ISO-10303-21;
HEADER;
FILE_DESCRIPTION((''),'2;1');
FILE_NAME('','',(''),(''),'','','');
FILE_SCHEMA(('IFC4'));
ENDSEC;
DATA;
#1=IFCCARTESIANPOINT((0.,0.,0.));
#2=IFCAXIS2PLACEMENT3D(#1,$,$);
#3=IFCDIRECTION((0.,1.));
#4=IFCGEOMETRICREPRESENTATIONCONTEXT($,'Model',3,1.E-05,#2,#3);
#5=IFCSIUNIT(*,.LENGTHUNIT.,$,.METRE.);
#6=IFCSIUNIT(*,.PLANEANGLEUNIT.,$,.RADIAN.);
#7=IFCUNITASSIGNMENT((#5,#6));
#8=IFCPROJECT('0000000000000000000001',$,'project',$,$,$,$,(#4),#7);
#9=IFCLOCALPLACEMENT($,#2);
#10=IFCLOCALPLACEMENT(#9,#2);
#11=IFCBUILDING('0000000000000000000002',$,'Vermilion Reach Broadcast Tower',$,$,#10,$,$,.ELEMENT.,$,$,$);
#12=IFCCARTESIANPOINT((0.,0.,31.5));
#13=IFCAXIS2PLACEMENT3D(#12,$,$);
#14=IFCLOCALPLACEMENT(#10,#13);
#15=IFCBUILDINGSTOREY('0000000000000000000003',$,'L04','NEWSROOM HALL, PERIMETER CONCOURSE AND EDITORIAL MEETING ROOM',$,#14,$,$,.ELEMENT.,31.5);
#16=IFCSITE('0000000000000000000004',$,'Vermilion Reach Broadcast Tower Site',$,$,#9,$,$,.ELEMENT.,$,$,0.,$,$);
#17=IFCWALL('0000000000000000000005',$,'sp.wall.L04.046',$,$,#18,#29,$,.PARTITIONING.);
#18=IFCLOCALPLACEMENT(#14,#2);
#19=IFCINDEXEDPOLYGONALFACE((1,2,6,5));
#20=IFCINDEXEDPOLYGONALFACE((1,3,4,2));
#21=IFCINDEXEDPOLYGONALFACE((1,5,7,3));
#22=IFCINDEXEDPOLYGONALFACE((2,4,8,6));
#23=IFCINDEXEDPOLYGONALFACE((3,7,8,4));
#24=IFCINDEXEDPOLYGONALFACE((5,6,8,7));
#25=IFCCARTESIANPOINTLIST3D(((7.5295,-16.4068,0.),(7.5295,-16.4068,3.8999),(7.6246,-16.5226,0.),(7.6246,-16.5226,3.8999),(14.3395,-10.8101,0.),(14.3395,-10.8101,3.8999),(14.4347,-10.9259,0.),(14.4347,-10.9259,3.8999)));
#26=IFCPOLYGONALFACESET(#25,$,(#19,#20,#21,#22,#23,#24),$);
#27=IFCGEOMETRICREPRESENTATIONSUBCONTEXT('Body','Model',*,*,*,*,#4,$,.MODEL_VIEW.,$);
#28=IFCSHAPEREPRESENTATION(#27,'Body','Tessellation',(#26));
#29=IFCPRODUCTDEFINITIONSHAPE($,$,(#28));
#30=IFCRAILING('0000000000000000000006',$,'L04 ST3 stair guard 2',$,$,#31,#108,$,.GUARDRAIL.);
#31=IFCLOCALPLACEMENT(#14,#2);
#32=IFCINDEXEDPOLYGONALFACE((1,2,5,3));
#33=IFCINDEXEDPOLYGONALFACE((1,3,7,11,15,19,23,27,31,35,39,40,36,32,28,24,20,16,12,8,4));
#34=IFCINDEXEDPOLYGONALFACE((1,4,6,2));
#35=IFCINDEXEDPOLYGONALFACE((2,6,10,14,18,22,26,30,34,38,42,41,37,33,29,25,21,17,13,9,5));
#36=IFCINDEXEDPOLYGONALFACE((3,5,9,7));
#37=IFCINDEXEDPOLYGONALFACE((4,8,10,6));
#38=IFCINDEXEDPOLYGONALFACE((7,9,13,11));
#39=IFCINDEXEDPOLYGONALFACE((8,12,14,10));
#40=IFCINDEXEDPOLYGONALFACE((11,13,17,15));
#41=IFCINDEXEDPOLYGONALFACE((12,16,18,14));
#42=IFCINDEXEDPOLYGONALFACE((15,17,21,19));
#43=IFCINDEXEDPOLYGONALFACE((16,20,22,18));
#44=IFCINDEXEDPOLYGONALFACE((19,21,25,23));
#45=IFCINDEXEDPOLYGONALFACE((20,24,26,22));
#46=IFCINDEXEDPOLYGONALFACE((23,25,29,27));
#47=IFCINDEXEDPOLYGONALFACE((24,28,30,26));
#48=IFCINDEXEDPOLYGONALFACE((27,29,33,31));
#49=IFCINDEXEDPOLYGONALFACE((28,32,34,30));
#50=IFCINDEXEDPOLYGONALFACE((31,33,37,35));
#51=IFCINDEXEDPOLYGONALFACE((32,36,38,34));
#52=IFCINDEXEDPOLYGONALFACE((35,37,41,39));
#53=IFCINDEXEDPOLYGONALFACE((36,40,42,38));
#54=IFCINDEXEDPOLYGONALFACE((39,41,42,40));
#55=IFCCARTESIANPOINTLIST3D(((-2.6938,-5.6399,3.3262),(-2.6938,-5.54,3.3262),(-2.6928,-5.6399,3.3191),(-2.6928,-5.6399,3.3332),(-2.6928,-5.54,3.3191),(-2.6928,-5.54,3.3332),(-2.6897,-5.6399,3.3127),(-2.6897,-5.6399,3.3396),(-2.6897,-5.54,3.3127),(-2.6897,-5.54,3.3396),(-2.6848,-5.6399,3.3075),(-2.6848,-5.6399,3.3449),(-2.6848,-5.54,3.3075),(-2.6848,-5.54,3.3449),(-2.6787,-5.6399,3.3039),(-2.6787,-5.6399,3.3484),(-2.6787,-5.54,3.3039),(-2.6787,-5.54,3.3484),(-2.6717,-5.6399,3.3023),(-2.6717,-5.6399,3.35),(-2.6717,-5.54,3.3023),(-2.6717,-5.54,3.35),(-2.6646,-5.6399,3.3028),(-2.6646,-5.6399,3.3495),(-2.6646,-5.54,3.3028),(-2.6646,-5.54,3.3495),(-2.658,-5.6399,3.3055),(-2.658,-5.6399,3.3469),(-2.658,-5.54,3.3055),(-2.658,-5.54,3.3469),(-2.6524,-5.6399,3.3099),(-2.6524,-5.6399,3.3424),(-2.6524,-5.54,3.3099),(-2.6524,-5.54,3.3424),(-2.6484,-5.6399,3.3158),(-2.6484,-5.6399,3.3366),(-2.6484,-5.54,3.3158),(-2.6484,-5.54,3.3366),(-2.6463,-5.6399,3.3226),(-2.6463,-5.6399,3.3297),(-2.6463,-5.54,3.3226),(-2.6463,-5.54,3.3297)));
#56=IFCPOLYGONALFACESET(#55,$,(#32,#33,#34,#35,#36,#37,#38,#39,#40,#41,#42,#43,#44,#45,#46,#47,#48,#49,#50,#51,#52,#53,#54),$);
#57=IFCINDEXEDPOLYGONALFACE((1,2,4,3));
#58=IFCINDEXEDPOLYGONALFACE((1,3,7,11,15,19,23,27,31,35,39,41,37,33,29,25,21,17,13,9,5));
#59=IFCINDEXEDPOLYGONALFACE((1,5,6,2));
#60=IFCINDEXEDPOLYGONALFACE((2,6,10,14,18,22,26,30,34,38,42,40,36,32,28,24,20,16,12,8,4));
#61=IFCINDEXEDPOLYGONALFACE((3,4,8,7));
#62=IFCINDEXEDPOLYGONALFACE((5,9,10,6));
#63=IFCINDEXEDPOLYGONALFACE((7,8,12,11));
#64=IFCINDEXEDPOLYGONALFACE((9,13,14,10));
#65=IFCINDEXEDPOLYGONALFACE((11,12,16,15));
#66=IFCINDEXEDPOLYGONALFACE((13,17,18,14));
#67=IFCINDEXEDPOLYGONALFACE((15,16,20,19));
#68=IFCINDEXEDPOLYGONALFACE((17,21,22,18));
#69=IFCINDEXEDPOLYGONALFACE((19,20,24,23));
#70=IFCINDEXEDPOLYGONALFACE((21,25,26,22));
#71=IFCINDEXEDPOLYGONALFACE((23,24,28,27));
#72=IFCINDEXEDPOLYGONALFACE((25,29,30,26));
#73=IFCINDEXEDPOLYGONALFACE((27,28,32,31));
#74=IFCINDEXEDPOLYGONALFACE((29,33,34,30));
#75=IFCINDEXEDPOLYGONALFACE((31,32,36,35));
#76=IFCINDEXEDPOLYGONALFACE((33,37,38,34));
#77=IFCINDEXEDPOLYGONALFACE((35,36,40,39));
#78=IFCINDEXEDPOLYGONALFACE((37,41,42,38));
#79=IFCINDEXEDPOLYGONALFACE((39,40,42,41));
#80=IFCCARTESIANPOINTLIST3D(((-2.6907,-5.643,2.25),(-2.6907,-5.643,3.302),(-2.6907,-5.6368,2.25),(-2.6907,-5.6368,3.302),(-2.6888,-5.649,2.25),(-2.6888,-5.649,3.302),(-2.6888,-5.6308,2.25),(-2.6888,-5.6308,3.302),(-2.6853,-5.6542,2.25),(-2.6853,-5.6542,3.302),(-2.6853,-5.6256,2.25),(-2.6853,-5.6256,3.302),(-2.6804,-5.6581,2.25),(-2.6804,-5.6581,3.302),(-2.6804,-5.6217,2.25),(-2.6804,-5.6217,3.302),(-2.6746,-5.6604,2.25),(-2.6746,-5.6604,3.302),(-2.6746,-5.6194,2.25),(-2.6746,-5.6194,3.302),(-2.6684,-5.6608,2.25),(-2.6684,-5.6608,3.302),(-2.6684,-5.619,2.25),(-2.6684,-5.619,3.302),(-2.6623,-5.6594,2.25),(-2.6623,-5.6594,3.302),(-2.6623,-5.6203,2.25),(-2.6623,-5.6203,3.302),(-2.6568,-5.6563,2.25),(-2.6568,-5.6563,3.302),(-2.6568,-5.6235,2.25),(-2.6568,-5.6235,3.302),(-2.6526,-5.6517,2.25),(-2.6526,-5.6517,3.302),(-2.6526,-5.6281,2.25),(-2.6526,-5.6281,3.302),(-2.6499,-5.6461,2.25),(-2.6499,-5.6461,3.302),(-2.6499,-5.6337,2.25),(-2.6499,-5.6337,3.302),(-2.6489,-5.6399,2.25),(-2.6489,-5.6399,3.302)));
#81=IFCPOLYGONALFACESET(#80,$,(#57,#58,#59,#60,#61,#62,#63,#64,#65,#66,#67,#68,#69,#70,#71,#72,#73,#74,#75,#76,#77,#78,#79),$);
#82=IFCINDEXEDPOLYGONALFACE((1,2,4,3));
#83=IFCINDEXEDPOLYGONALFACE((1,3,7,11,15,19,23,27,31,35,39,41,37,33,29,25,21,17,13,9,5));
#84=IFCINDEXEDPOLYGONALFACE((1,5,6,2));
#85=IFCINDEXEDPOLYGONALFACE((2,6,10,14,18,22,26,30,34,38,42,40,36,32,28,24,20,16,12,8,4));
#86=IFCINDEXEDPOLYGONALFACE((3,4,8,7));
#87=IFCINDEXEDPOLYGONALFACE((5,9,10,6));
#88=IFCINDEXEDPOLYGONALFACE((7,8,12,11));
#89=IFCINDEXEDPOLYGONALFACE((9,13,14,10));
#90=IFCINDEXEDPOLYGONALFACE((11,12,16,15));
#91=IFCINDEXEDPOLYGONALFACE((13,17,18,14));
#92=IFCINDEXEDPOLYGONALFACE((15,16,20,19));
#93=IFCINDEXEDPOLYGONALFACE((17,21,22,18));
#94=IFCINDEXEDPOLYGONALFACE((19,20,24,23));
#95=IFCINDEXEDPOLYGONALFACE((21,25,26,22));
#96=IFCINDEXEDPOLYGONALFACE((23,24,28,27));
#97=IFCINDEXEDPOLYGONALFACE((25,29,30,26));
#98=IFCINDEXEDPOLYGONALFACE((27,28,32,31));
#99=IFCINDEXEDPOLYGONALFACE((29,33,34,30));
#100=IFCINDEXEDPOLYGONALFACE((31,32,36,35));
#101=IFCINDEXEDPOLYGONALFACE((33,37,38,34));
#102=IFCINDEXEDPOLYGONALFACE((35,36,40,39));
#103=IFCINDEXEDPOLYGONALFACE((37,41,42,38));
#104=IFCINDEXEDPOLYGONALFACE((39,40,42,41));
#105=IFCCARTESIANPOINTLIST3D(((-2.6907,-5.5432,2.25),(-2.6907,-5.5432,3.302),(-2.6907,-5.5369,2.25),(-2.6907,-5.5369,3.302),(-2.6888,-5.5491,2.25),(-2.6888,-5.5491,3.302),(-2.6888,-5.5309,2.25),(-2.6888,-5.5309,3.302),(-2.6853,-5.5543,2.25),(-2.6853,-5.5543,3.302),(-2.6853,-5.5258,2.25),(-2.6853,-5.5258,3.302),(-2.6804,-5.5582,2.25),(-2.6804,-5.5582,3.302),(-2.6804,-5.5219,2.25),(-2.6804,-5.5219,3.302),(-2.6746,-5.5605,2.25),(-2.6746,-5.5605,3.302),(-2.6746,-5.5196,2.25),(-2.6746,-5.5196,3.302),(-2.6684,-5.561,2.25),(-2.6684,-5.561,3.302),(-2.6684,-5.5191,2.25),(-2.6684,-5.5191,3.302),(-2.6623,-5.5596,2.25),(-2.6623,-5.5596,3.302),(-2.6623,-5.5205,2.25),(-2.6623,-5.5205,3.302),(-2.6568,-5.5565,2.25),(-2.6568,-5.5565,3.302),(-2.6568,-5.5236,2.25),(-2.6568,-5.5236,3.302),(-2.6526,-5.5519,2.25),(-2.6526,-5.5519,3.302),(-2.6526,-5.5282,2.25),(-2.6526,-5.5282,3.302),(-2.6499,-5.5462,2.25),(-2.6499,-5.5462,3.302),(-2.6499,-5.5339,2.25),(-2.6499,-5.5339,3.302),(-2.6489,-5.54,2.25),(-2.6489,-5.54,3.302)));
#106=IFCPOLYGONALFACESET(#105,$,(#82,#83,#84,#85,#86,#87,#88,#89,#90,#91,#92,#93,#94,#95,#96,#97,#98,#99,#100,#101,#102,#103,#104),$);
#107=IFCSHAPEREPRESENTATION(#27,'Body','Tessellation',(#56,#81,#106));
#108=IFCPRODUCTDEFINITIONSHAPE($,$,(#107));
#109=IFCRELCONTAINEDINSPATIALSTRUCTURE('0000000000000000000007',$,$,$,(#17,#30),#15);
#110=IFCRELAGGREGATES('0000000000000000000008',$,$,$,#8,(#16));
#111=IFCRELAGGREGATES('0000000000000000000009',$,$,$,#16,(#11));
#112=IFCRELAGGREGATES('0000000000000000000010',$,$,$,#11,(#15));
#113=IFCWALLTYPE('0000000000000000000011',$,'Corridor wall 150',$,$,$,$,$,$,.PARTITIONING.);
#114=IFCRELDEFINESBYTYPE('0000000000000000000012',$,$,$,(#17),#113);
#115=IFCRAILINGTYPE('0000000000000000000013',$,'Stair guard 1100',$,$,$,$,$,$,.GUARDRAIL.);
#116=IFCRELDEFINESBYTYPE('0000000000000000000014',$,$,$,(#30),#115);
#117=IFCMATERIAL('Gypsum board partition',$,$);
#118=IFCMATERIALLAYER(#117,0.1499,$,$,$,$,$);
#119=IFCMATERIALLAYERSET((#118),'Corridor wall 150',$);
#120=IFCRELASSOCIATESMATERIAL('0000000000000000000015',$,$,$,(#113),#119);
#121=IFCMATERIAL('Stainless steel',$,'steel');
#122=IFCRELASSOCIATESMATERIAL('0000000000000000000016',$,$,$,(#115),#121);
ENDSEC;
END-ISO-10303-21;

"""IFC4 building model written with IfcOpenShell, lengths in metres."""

from ifc_helpers import new_model, si_unit, direction, frame, frame_2d, origin, origin_2d, place, context, subcontext, project, spatial, rectangle, circle, extrude, material, layer, layer_set, type_object, element, save


model = new_model("IFC4")

# Units and contexts
model_context = context("Model", 3, precision=1e-05, world=origin(), true_north=direction((0.0, 1.0)))
body_context = subcontext(model_context, "Body", "Model", "MODEL_VIEW")
ifc_project = project(units=[si_unit("LENGTHUNIT", "METRE"), si_unit("PLANEANGLEUNIT", "RADIAN")], contexts=[model_context])

# Site, building, storey
site_placement = place(None, origin())
site = spatial("IfcSite", under=ifc_project, at=site_placement, Name="Vermilion Reach Broadcast Tower Site", CompositionType="ELEMENT", RefElevation=0.0)
building_placement = place(site_placement, origin())
building = spatial("IfcBuilding", under=site, at=building_placement, Name="Vermilion Reach Broadcast Tower", CompositionType="ELEMENT")
storey_placement = place(building_placement, frame((0.0, 0.0, 31.5)))
storey = spatial("IfcBuildingStorey", under=building, at=storey_placement, Name="L04", Description="NEWSROOM HALL, PERIMETER CONCOURSE AND EDITORIAL MEETING ROOM", CompositionType="ELEMENT", Elevation=31.5)

# Wall
ifc_material_1 = material(Name="Gypsum board partition")
ifc_layer_1 = layer(ifc_material_1, 0.1499)
ifc_layer_set_1 = layer_set([ifc_layer_1], Name="Corridor wall 150")
wall_type_1 = type_object("IfcWallType", Name="Corridor wall 150", PredefinedType="PARTITIONING", material=ifc_layer_set_1)
wall_1_placement = place(storey_placement, frame((7.5771, -16.4646, 0.0), z_axis=(0.0, 0.0, 1.0), x_axis=(0.772576, 0.634923, 0.0)))
element("IfcWall", 1, at=wall_1_placement, inside=storey, type_object=wall_type_1, Name="sp.wall.L04.046", PredefinedType="PARTITIONING", context=body_context, shape_type="SweptSolid", body=[
    extrude(rectangle(XDim=8.8147, YDim=0.1499, at=frame_2d((4.4072, 0.0))), origin(), (0.0, 0.0, 1.0), 3.8999),
])

# Railing
ifc_material_2 = material(Name="Stainless steel", Category="steel")
railing_type = type_object("IfcRailingType", Name="Stair guard 1100", PredefinedType="GUARDRAIL", material=ifc_material_2)
railing_placement = place(storey_placement, frame((-2.6699, -5.6399, 2.25)))
element("IfcRailing", 2, at=railing_placement, inside=storey, type_object=railing_type, Name="L04 ST3 stair guard 2", PredefinedType="GUARDRAIL", context=body_context, shape_type="SweptSolid", body=[
    extrude(circle(Radius=0.0239, at=origin_2d()), frame((0.0, 0.0, 1.0762), z_axis=(0.0, 1.0, 0.0), x_axis=(-1.0, 0.0, 0.0)), (0.0, 0.0, 1.0), 0.0999),
    extrude(circle(Radius=0.021, at=origin_2d()), origin(), (0.0, 0.0, 1.0), 1.052),
    extrude(circle(Radius=0.021, at=origin_2d()), frame((0.0, 0.0999, 0.0)), (0.0, 0.0, 1.0), 1.052),
])

save(model, "model.ifc")
